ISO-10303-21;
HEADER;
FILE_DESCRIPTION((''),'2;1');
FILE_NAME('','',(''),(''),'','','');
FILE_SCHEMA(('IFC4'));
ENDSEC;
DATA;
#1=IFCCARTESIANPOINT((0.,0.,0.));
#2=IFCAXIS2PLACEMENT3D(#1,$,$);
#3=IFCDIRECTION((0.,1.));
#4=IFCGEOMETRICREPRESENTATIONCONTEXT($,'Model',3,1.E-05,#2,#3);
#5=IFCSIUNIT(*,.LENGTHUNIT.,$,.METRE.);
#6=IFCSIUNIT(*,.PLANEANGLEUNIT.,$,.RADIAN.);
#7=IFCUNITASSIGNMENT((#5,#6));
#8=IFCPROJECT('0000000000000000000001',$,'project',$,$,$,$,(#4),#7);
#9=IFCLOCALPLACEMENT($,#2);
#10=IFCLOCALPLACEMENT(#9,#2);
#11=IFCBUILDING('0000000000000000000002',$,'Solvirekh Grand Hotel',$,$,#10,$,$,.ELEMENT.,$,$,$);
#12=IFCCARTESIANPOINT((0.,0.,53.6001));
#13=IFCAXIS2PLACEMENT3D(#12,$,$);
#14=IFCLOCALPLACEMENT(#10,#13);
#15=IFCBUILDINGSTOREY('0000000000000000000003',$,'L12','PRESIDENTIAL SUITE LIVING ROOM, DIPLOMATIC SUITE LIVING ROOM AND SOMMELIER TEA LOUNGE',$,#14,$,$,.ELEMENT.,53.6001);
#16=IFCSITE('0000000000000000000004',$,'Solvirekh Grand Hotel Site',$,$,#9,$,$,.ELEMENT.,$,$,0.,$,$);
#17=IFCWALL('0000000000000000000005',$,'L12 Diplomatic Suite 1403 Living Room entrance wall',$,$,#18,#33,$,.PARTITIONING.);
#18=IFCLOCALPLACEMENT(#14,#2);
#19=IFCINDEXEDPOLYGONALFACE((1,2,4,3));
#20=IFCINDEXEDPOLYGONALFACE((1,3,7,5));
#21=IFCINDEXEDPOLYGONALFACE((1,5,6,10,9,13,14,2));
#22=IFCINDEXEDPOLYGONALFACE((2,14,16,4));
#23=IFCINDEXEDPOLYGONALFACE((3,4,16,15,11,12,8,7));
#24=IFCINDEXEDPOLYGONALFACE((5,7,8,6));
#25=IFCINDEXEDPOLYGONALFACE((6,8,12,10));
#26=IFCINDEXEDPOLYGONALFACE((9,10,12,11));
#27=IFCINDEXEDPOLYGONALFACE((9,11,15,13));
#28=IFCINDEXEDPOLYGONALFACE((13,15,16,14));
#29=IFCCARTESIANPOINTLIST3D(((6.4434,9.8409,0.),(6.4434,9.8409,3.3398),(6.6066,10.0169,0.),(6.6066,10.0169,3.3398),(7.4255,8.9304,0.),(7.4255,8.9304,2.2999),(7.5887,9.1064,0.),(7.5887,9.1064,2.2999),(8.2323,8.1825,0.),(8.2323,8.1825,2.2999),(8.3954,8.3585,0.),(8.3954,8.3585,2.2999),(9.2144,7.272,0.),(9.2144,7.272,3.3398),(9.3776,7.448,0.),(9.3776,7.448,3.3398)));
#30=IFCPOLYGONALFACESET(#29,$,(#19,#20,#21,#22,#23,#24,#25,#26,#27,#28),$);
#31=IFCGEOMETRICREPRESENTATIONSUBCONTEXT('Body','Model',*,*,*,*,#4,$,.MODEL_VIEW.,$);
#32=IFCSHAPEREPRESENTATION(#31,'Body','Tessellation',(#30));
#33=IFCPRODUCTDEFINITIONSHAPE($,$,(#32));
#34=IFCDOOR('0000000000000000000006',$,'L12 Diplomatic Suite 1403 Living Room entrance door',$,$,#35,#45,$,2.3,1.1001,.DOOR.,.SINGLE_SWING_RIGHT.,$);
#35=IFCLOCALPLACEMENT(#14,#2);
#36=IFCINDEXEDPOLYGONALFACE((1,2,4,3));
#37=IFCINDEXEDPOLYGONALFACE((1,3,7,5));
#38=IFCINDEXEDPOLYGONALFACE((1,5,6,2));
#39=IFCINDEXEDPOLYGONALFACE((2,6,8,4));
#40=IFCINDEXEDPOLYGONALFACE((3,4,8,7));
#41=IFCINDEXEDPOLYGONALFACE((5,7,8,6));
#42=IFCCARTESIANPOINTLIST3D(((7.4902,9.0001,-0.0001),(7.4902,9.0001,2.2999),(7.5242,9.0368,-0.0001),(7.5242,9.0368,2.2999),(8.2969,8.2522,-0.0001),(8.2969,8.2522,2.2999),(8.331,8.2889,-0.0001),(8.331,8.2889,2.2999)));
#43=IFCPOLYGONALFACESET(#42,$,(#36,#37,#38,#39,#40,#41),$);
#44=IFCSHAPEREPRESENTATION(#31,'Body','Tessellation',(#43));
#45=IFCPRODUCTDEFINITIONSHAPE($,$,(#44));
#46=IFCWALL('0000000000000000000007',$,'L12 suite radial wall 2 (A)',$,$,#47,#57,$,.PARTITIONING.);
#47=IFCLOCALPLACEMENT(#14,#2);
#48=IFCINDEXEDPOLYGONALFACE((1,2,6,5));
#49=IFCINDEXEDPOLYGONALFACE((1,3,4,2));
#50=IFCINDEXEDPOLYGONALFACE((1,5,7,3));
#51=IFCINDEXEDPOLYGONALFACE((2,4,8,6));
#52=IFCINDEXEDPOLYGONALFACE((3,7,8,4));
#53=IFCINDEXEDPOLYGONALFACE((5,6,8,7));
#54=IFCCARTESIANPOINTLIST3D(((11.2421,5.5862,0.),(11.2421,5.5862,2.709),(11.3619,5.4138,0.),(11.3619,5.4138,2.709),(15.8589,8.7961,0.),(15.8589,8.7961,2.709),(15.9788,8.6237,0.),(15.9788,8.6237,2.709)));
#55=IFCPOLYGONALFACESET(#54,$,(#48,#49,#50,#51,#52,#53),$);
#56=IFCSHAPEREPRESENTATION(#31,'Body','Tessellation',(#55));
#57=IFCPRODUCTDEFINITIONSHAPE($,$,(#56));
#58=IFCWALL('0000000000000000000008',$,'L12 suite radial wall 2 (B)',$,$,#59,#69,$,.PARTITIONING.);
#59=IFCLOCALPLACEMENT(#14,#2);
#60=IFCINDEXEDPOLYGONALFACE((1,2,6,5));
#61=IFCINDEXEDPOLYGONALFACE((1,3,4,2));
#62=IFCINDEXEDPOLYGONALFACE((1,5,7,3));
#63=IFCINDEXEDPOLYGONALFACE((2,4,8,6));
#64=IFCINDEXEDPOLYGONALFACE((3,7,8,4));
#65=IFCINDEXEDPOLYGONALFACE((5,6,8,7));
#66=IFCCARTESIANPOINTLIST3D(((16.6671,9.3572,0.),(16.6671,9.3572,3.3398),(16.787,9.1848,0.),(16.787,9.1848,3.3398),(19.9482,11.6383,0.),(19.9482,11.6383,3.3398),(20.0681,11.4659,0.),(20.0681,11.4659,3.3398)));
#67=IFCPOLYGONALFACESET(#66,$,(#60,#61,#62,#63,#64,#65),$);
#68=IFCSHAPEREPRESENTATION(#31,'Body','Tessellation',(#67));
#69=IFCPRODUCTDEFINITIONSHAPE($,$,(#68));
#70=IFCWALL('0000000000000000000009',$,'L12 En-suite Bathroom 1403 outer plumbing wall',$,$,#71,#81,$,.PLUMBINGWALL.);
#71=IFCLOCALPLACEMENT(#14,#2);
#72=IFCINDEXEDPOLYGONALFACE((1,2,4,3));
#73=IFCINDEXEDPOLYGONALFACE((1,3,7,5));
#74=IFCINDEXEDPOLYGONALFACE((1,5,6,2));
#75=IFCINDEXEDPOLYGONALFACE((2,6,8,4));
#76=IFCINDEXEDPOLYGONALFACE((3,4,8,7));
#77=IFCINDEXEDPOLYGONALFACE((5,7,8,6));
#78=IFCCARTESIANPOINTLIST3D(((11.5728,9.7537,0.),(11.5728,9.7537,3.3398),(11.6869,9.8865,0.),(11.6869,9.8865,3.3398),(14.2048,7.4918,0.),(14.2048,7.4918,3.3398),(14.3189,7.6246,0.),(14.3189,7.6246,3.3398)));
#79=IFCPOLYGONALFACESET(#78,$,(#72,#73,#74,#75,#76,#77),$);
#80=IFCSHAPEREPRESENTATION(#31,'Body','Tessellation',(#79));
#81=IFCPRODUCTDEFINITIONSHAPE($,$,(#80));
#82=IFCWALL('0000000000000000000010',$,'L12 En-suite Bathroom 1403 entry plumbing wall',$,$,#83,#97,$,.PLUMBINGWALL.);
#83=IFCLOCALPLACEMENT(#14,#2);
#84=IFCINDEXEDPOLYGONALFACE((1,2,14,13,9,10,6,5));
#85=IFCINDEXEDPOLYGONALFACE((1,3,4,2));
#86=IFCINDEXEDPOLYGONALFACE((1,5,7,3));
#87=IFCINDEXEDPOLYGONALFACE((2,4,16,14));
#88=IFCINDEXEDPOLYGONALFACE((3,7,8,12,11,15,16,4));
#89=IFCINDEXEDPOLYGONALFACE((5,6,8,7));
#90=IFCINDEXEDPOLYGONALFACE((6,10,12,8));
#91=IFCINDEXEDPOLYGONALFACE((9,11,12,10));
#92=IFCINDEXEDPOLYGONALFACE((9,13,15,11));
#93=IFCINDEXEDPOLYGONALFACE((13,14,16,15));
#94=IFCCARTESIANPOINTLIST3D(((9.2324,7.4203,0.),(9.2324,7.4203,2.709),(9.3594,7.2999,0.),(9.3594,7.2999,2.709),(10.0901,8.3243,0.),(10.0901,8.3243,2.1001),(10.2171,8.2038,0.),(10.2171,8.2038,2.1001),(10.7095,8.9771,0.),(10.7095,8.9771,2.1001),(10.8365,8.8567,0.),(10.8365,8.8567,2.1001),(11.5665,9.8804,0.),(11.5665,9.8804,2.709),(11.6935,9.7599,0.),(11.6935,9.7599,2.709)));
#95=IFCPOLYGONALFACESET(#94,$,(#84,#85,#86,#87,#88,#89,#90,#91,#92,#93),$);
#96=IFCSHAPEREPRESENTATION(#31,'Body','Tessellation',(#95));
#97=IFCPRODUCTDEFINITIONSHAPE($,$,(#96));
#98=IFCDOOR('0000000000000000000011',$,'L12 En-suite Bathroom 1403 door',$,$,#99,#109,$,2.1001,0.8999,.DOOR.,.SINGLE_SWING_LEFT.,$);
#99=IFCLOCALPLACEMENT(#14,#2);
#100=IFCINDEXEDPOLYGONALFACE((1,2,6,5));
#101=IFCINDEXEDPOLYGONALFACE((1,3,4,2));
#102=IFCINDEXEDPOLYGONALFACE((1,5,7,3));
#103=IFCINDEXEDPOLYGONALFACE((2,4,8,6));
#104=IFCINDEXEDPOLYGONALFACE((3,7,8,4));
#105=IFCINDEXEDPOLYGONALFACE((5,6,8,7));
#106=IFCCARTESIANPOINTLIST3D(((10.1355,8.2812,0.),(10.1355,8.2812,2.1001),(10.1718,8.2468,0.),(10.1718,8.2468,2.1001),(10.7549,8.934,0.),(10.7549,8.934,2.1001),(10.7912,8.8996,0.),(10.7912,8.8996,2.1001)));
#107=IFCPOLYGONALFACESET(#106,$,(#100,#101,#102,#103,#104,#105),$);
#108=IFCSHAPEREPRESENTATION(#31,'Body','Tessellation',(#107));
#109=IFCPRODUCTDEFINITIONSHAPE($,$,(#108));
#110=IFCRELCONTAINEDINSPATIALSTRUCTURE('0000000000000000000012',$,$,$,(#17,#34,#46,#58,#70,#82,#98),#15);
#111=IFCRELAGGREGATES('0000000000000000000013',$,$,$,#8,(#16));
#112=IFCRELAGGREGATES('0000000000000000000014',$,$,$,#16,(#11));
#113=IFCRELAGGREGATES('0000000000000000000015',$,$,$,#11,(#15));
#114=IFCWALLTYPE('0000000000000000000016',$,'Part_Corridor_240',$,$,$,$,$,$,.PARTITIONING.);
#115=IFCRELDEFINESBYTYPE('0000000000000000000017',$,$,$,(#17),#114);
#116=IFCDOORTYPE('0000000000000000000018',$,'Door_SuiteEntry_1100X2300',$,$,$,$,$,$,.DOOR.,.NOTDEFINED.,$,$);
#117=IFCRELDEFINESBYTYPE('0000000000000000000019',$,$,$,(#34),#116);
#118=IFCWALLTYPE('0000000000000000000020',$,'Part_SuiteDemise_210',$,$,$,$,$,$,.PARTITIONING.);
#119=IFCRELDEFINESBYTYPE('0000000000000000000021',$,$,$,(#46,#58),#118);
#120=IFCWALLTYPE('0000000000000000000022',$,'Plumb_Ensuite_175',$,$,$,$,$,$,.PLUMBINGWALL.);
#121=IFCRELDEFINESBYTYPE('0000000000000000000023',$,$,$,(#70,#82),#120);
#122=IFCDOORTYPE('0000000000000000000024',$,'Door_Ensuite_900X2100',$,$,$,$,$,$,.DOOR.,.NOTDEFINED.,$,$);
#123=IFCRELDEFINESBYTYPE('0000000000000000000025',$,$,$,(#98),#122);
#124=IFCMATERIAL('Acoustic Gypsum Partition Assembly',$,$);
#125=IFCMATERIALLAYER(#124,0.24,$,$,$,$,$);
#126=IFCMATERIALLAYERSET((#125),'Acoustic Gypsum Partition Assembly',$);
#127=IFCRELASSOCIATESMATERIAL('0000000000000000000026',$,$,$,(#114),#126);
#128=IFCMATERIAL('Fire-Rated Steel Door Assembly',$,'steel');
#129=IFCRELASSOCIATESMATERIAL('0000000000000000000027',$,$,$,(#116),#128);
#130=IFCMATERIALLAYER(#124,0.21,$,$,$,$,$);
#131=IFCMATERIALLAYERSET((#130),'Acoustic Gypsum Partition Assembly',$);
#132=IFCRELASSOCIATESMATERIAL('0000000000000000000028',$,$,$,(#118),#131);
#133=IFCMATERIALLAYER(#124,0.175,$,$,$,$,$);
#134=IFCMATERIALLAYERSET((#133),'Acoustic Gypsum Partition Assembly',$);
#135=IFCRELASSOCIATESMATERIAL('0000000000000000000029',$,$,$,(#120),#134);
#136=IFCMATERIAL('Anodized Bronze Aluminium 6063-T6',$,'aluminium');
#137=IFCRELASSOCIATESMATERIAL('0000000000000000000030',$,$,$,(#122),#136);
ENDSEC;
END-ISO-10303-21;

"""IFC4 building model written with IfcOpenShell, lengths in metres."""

from ifc_helpers import new_model, si_unit, direction, frame, frame_2d, origin, place, context, subcontext, project, spatial, rectangle, extrude, material, layer, layer_set, type_object, element, fill, save


model = new_model("IFC4")

# Units and contexts
model_context = context("Model", 3, precision=1e-05, world=origin(), true_north=direction((0.0, 1.0)))
body_context = subcontext(model_context, "Body", "Model", "MODEL_VIEW")
ifc_project = project(units=[si_unit("LENGTHUNIT", "METRE"), si_unit("PLANEANGLEUNIT", "RADIAN")], contexts=[model_context])

# Site, building, storey
site_placement = place(None, origin())
site = spatial("IfcSite", under=ifc_project, at=site_placement, Name="Solvirekh Grand Hotel Site", CompositionType="ELEMENT", RefElevation=0.0)
building_placement = place(site_placement, origin())
building = spatial("IfcBuilding", under=site, at=building_placement, Name="Solvirekh Grand Hotel", CompositionType="ELEMENT")
storey_placement = place(building_placement, frame((0.0, 0.0, 53.6001)))
storey = spatial("IfcBuildingStorey", under=building, at=storey_placement, Name="L12", Description="PRESIDENTIAL SUITE LIVING ROOM, DIPLOMATIC SUITE LIVING ROOM AND SOMMELIER TEA LOUNGE", CompositionType="ELEMENT", Elevation=53.6001)

# Shared definitions
ifc_material_1 = material(Name="Anodized Bronze Aluminium 6063-T6", Category="aluminium")

# Shared definitions
ifc_material_2 = material(Name="Acoustic Gypsum Partition Assembly")

# Shared definitions
ifc_layer_1 = layer(ifc_material_2, 0.24)
ifc_layer_set_1 = layer_set([ifc_layer_1], Name="Acoustic Gypsum Partition Assembly")
wall_type_1 = type_object("IfcWallType", Name="Part_Corridor_240", PredefinedType="PARTITIONING", material=ifc_layer_set_1)

# Wall, opening, door
wall_1_placement = place(storey_placement, frame((9.2959, 7.3601, 0.0), z_axis=(0.0, 0.0, 1.0), x_axis=(-0.73335, 0.679851, 0.0)))
wall_1 = element("IfcWall", 1, at=wall_1_placement, inside=storey, type_object=wall_type_1, Name="L12 Diplomatic Suite 1403 Living Room entrance wall", PredefinedType="PARTITIONING", context=body_context, shape_type="SweptSolid", body=[
    extrude(rectangle(XDim=3.7786, YDim=0.24, at=frame_2d((1.8892, 0.0))), origin(), (0.0, 0.0, 1.0), 3.3398),
])
opening_1_placement = place(wall_1_placement, frame((1.3391, 0.0, 0.0)))
opening_1 = element("IfcOpeningElement", 2, at=opening_1_placement, cuts=wall_1, PredefinedType="OPENING", context=body_context, shape_type="SweptSolid", body=[
    extrude(rectangle(XDim=1.1001, YDim=2.3, at=frame_2d((0.55, 1.1499))), frame((0.0, 0.1299, 0.0), z_axis=(0.0, -1.0, 0.0), x_axis=(1.0, 0.0, 0.0)), (0.0, 0.0, 1.0), 0.26),
])
ifc_material_3 = material(Name="Fire-Rated Steel Door Assembly", Category="steel")
door_type_1 = type_object("IfcDoorType", Name="Door_SuiteEntry_1100X2300", OperationType="NOTDEFINED", PredefinedType="DOOR", material=ifc_material_3)
door_1_placement = place(opening_1_placement, origin())
door_1 = element("IfcDoor", 3, at=door_1_placement, inside=storey, type_object=door_type_1, Name="L12 Diplomatic Suite 1403 Living Room entrance door", OperationType="SINGLE_SWING_RIGHT", OverallHeight=2.3, OverallWidth=1.1001, PredefinedType="DOOR", context=body_context, shape_type="SweptSolid", body=[
    extrude(rectangle(XDim=1.1001, YDim=2.3, at=frame_2d((0.55, 1.1499))), frame((0.0, 0.0249, 0.0), z_axis=(0.0, -1.0, 0.0), x_axis=(1.0, 0.0, 0.0)), (0.0, 0.0, 1.0), 0.05),
])
fill(opening_1, door_1)

# Walls
ifc_layer_2 = layer(ifc_material_2, 0.21)
ifc_layer_set_2 = layer_set([ifc_layer_2], Name="Acoustic Gypsum Partition Assembly")
wall_type_2 = type_object("IfcWallType", Name="Part_SuiteDemise_210", PredefinedType="PARTITIONING", material=ifc_layer_set_2)
wall_2_placement = place(storey_placement, frame((11.302, 5.5, 0.0), z_axis=(0.0, 0.0, 1.0), x_axis=(0.821057, 0.570846, 0.0)))
element("IfcWall", 4, at=wall_2_placement, inside=storey, type_object=wall_type_2, Name="L12 suite radial wall 2 (A)", PredefinedType="PARTITIONING", context=body_context, shape_type="SweptSolid", body=[
    extrude(rectangle(XDim=5.623, YDim=0.21, at=frame_2d((2.8115, 0.0))), origin(), (0.0, 0.0, 1.0), 2.709),
])
wall_3_placement = place(storey_placement, frame((16.7271, 9.271, 0.0), z_axis=(0.0, 0.0, 1.0), x_axis=(0.821073, 0.570823, 0.0)))
element("IfcWall", 5, at=wall_3_placement, inside=storey, type_object=wall_type_2, Name="L12 suite radial wall 2 (B)", PredefinedType="PARTITIONING", context=body_context, shape_type="SweptSolid", body=[
    extrude(rectangle(XDim=3.9961, YDim=0.21, at=frame_2d((1.998, 0.0))), origin(), (0.0, 0.0, 1.0), 3.3398),
])
ifc_layer_3 = layer(ifc_material_2, 0.175)
ifc_layer_set_3 = layer_set([ifc_layer_3], Name="Acoustic Gypsum Partition Assembly")
wall_type_3 = type_object("IfcWallType", Name="Plumb_Ensuite_175", PredefinedType="PLUMBINGWALL", material=ifc_layer_set_3)
wall_4_placement = place(storey_placement, frame((14.262, 7.5581, 0.0), z_axis=(0.0, 0.0, 1.0), x_axis=(-0.758417, 0.65177, 0.0)))
element("IfcWall", 6, at=wall_4_placement, inside=storey, type_object=wall_type_3, Name="L12 En-suite Bathroom 1403 outer plumbing wall", PredefinedType="PLUMBINGWALL", context=body_context, shape_type="SweptSolid", body=[
    extrude(rectangle(XDim=3.4705, YDim=0.175, at=frame_2d((1.7354, 0.0))), origin(), (0.0, 0.0, 1.0), 3.3398),
])

# Wall, opening, door
wall_5_placement = place(storey_placement, frame((9.2959, 7.3601, 0.0), z_axis=(0.0, 0.0, 1.0), x_axis=(0.688288, 0.725438, 0.0)))
wall_5 = element("IfcWall", 7, at=wall_5_placement, inside=storey, type_object=wall_type_3, Name="L12 En-suite Bathroom 1403 entry plumbing wall", PredefinedType="PLUMBINGWALL", context=body_context, shape_type="SweptSolid", body=[
    extrude(rectangle(XDim=3.3911, YDim=0.175, at=frame_2d((1.6956, 0.0))), origin(), (0.0, 0.0, 1.0), 2.709),
])
opening_2_placement = place(wall_5_placement, frame((1.2461, 0.0, 0.0)))
opening_2 = element("IfcOpeningElement", 8, at=opening_2_placement, cuts=wall_5, PredefinedType="OPENING", context=body_context, shape_type="SweptSolid", body=[
    extrude(rectangle(XDim=0.8999, YDim=2.1001, at=frame_2d((0.45, 1.05))), frame((0.0, 0.0977, 0.0), z_axis=(0.0, -1.0, 0.0), x_axis=(1.0, 0.0, 0.0)), (0.0, 0.0, 1.0), 0.1951),
])
door_type_2 = type_object("IfcDoorType", Name="Door_Ensuite_900X2100", OperationType="NOTDEFINED", PredefinedType="DOOR", material=ifc_material_1)
door_2_placement = place(opening_2_placement, origin())
door_2 = element("IfcDoor", 9, at=door_2_placement, inside=storey, type_object=door_type_2, Name="L12 En-suite Bathroom 1403 door", OperationType="SINGLE_SWING_LEFT", OverallHeight=2.1001, OverallWidth=0.8999, PredefinedType="DOOR", context=body_context, shape_type="SweptSolid", body=[
    extrude(rectangle(XDim=0.8999, YDim=2.1001, at=frame_2d((0.45, 1.05))), frame((0.0, 0.0249, 0.0), z_axis=(0.0, -1.0, 0.0), x_axis=(1.0, 0.0, 0.0)), (0.0, 0.0, 1.0), 0.05),
])
fill(opening_2, door_2)

save(model, "model.ifc")
